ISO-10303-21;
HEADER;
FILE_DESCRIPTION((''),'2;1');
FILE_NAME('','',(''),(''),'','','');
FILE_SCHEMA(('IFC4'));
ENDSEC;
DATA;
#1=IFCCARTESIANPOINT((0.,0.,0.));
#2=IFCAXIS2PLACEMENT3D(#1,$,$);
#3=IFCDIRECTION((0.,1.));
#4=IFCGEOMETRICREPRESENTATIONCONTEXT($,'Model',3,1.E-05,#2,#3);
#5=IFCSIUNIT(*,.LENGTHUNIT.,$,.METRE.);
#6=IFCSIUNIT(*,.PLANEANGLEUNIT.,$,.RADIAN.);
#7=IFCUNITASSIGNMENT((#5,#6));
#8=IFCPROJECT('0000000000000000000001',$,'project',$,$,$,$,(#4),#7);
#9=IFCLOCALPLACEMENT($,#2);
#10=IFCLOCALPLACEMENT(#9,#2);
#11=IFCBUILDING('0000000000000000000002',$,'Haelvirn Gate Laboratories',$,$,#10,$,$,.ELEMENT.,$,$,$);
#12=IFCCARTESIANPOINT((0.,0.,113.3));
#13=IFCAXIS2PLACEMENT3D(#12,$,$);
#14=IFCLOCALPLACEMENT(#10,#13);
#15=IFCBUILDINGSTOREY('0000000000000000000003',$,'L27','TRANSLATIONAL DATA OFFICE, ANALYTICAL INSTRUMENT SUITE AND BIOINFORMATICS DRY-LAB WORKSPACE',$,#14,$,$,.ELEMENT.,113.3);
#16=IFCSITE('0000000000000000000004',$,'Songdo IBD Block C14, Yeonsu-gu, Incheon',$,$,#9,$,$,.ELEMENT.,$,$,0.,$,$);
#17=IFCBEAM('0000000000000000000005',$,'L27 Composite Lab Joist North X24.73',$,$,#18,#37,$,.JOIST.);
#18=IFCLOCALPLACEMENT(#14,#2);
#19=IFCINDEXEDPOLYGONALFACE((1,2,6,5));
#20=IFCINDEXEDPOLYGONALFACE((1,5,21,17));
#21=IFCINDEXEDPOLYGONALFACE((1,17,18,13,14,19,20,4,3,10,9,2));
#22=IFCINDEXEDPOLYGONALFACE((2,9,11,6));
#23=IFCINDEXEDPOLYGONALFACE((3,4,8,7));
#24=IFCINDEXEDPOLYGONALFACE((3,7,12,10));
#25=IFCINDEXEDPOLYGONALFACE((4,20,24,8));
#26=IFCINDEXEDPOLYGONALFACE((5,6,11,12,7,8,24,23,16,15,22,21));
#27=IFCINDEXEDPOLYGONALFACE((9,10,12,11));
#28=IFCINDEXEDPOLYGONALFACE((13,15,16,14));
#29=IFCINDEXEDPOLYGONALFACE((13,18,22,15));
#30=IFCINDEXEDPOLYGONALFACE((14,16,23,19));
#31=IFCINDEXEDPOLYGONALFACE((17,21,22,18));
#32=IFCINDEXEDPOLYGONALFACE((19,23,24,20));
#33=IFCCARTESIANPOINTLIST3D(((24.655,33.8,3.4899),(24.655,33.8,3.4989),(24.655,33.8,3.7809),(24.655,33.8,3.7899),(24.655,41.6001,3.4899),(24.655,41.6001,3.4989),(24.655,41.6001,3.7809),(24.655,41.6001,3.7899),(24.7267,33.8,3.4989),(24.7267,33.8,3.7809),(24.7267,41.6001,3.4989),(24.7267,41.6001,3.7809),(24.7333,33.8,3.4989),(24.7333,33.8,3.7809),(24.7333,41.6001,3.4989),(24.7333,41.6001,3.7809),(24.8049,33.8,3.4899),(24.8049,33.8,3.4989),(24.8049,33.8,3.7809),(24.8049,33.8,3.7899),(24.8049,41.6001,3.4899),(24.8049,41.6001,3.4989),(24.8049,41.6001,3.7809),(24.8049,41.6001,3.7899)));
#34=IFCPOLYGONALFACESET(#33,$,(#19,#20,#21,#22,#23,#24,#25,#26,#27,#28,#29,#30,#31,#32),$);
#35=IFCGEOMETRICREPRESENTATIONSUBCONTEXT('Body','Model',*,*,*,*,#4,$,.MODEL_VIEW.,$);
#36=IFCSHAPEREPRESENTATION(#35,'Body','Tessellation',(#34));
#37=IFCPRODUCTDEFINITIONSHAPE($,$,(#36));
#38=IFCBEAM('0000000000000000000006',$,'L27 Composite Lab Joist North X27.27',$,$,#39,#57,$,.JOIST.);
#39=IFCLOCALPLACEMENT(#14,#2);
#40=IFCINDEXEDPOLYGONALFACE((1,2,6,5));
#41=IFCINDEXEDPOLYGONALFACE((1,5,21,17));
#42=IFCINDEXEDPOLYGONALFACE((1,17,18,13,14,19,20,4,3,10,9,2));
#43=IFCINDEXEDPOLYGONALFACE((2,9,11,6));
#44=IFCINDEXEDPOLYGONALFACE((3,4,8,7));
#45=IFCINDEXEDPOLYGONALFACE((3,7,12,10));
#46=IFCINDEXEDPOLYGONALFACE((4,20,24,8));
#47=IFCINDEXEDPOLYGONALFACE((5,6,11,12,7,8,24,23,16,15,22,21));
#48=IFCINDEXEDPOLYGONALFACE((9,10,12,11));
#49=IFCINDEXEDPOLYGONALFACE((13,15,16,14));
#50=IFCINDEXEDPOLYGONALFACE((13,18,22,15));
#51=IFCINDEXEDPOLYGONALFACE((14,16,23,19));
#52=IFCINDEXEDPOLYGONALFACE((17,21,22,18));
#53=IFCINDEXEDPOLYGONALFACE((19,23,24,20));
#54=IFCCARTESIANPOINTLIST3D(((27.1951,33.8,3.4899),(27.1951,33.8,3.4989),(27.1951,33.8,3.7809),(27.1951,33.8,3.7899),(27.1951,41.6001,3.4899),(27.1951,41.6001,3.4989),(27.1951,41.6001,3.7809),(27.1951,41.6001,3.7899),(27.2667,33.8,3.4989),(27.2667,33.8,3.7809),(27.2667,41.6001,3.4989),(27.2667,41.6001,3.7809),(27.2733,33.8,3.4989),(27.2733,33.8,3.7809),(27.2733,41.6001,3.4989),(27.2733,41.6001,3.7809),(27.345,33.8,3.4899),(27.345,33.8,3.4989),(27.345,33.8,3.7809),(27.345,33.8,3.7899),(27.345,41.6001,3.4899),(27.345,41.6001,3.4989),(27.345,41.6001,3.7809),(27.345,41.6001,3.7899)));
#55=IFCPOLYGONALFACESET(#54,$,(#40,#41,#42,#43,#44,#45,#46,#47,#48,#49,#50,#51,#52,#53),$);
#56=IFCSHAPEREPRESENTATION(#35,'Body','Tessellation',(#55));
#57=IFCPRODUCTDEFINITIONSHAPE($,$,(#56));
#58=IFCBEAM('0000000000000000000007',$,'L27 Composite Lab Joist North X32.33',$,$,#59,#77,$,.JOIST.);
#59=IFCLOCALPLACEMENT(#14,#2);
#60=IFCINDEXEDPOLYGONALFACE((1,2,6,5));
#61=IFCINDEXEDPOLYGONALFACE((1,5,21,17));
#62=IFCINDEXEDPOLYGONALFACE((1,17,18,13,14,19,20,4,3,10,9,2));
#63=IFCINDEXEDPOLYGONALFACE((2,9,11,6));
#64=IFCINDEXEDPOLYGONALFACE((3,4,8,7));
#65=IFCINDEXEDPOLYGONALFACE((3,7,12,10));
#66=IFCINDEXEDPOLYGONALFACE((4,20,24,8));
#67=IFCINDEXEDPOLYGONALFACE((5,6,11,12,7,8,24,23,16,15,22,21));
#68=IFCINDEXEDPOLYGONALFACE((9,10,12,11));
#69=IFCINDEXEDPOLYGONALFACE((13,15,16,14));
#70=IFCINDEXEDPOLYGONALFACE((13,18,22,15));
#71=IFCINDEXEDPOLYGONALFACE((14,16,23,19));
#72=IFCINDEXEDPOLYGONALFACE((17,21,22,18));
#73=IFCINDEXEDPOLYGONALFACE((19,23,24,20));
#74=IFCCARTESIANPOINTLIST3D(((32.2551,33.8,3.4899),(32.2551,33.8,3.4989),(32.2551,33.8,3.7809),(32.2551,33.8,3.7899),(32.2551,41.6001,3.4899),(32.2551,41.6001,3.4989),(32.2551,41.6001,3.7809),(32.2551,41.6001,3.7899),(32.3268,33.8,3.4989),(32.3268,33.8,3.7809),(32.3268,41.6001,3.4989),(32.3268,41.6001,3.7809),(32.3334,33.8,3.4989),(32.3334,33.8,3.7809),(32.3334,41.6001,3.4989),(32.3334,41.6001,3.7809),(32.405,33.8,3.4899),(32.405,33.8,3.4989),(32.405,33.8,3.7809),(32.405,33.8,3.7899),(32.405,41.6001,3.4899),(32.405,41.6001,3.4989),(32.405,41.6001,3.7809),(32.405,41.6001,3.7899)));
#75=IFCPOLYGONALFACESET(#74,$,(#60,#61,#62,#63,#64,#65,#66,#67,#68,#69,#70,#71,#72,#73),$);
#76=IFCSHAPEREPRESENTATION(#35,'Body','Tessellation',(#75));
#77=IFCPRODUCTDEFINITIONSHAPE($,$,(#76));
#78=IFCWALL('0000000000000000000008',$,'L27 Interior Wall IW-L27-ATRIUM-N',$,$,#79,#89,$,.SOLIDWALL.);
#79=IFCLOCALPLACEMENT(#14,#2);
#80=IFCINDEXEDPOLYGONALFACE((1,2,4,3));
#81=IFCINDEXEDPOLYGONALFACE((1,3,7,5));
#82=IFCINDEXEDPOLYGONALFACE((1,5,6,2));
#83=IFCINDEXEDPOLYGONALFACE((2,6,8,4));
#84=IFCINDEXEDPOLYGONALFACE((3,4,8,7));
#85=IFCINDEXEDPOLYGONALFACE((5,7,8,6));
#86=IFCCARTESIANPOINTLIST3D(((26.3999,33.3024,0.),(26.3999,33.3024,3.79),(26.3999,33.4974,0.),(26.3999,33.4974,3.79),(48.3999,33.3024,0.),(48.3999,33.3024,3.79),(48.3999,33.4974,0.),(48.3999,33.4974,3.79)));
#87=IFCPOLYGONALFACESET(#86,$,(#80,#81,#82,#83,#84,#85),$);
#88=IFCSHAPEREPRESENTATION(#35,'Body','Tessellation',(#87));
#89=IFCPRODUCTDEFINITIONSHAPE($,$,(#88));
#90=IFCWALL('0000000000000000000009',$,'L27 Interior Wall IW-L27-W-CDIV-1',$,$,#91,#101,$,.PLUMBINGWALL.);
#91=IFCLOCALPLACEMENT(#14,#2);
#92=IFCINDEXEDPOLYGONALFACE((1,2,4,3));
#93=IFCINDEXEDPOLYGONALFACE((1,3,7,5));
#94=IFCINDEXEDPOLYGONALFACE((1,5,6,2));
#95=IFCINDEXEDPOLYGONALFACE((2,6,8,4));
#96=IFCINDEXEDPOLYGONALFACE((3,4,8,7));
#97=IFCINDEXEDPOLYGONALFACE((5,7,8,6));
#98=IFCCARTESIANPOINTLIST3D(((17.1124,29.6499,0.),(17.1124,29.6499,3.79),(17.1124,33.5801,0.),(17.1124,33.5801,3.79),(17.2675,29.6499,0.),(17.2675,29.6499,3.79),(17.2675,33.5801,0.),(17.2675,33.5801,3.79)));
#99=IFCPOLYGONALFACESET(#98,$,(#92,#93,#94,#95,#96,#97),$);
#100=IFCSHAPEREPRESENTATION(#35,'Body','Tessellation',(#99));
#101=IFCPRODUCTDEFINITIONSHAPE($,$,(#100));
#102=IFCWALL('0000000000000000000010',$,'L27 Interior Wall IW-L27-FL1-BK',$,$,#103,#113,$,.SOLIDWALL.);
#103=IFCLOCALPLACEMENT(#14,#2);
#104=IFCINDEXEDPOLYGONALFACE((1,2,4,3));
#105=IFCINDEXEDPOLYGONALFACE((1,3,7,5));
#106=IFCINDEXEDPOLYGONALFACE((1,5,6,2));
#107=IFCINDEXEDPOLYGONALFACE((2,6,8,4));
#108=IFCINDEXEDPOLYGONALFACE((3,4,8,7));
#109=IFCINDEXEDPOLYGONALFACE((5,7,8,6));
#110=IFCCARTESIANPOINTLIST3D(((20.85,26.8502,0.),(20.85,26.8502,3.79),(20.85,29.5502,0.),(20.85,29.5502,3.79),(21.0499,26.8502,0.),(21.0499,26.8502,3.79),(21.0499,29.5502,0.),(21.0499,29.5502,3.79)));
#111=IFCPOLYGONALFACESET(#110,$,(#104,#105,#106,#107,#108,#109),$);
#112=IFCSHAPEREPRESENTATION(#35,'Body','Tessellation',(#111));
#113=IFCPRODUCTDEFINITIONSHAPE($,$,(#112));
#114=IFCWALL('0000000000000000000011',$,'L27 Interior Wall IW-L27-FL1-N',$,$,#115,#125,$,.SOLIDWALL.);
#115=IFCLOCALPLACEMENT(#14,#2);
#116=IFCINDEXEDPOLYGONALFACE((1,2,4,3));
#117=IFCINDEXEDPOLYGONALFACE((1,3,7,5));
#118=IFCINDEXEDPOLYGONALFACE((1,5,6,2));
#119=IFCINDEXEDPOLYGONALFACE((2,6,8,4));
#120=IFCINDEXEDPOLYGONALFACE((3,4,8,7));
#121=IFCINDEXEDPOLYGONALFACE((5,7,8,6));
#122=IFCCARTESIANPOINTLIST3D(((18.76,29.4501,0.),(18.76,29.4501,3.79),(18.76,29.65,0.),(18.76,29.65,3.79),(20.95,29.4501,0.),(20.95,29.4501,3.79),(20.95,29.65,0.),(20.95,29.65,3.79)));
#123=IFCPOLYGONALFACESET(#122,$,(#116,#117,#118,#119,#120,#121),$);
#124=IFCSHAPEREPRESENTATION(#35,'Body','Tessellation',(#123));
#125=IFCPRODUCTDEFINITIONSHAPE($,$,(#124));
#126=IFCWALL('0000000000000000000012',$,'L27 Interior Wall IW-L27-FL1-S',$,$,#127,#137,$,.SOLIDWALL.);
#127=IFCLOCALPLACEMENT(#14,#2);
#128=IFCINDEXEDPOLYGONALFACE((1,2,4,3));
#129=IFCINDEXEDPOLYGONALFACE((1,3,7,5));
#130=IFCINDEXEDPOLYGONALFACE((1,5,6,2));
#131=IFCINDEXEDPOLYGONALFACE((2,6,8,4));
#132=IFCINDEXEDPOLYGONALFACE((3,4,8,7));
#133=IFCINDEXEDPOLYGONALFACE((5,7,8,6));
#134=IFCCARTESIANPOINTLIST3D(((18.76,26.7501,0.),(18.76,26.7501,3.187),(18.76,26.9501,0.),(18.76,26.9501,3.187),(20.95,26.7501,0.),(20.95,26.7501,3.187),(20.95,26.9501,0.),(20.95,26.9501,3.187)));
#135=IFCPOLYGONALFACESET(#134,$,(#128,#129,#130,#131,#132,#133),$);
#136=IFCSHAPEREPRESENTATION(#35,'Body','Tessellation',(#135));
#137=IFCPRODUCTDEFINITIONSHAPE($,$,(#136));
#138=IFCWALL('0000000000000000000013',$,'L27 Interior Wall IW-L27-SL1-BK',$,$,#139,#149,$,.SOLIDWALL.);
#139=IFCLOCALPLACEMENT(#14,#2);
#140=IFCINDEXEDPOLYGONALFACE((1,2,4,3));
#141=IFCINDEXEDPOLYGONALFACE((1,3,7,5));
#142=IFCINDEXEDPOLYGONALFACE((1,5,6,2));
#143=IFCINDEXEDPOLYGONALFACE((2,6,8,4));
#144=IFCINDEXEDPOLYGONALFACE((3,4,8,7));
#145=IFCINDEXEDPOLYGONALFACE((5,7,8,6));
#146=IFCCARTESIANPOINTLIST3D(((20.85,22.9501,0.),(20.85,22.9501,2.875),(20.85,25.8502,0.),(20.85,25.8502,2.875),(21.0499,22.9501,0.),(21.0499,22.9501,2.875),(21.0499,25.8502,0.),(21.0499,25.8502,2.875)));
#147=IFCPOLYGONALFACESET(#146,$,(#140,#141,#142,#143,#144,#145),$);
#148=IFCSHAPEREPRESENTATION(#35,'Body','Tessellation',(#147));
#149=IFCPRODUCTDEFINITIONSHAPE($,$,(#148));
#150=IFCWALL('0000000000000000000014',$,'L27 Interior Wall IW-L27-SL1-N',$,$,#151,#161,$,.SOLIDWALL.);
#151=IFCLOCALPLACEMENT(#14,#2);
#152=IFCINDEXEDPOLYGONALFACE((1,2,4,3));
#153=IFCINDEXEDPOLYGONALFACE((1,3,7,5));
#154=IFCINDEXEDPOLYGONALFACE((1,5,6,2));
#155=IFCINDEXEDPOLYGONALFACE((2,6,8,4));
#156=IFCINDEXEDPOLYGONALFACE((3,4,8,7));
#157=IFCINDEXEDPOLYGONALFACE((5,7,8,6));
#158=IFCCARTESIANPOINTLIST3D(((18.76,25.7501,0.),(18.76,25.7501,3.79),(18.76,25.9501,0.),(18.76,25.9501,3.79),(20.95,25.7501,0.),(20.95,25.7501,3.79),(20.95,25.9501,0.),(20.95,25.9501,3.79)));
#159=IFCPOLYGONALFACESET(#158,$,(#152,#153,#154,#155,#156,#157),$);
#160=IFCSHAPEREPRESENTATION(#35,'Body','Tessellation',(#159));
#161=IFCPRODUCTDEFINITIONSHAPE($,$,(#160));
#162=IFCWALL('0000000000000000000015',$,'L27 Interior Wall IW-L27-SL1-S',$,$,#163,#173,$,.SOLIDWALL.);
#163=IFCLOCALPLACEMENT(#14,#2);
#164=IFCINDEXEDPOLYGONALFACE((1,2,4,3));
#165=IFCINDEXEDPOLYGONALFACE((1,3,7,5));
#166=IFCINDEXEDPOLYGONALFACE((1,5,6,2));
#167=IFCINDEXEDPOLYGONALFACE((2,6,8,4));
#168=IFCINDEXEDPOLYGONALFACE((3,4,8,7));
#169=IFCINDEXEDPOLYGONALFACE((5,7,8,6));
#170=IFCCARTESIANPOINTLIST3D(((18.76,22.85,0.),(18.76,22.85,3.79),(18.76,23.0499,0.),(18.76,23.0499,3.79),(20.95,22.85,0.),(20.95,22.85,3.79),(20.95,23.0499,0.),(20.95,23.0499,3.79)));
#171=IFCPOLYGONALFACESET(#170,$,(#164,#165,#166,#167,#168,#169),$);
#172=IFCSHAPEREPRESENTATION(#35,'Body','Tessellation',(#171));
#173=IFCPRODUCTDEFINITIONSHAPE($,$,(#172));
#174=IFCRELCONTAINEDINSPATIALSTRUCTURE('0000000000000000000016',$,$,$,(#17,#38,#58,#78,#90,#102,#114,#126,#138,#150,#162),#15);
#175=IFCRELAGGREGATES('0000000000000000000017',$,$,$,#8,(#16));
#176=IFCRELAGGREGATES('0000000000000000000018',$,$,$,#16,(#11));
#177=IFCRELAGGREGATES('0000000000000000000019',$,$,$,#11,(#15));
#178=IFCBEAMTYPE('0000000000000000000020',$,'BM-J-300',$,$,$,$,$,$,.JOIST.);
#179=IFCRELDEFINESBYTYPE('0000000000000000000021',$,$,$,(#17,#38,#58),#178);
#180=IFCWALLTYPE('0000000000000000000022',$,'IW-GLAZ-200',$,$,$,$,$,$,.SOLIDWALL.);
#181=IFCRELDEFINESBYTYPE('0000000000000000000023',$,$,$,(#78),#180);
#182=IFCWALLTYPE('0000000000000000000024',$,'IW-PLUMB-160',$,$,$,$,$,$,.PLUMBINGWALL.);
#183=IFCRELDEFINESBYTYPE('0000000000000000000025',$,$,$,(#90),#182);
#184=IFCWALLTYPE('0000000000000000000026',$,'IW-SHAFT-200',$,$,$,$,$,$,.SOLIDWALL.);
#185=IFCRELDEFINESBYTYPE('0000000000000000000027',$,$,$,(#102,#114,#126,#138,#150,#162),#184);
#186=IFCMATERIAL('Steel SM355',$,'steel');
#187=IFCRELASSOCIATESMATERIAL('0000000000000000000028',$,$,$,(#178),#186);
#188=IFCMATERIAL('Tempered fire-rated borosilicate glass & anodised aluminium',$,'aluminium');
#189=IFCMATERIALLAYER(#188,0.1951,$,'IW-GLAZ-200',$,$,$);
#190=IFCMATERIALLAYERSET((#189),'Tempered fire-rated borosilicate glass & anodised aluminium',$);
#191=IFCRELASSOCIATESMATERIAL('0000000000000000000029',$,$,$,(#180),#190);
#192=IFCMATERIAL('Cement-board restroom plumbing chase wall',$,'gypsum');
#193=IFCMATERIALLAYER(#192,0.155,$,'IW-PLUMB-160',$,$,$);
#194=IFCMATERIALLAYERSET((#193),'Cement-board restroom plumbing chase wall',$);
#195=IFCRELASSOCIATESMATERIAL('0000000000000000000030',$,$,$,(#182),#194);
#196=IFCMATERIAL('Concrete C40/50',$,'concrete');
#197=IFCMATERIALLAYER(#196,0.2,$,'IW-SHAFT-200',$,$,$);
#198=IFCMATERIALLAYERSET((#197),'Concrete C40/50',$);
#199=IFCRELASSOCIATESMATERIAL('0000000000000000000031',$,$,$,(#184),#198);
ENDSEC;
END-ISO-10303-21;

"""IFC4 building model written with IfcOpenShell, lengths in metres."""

from ifc_helpers import new_model, si_unit, direction, frame, frame_2d, origin, origin_2d, place, context, subcontext, project, spatial, rectangle, i_section, extrude, source, transform, mapped, material, layer, layer_set, material_profile, profile_set, type_object, type_shapes, element, save


model = new_model("IFC4")

# Units and contexts
model_context = context("Model", 3, precision=1e-05, world=origin(), true_north=direction((0.0, 1.0)))
body_context = subcontext(model_context, "Body", "Model", "MODEL_VIEW")
ifc_project = project(units=[si_unit("LENGTHUNIT", "METRE"), si_unit("PLANEANGLEUNIT", "RADIAN")], contexts=[model_context])

# Site, building, storey
site_placement = place(None, origin())
site = spatial("IfcSite", under=ifc_project, at=site_placement, Name="Songdo IBD Block C14, Yeonsu-gu, Incheon", CompositionType="ELEMENT", RefElevation=0.0)
building_placement = place(site_placement, origin())
building = spatial("IfcBuilding", under=site, at=building_placement, Name="Haelvirn Gate Laboratories", CompositionType="ELEMENT")
storey_placement = place(building_placement, frame((0.0, 0.0, 113.3)))
storey = spatial("IfcBuildingStorey", under=building, at=storey_placement, Name="L27", Description="TRANSLATIONAL DATA OFFICE, ANALYTICAL INSTRUMENT SUITE AND BIOINFORMATICS DRY-LAB WORKSPACE", CompositionType="ELEMENT", Elevation=113.3)

# Shared definitions
ifc_material_1 = material(Name="Steel SM355", Category="steel")

# Beams
ifc_material_profile_1 = material_profile(ifc_material_1, i_section(OverallWidth=0.1499, OverallDepth=0.3, WebThickness=0.0066, FlangeThickness=0.009, at=origin_2d()), Name="H-300x150x6.5x9")
ifc_profile_set_1 = profile_set([ifc_material_profile_1], Name="Steel SM355")
beam_type_1 = type_object("IfcBeamType", Name="BM-J-300", PredefinedType="JOIST", material=ifc_profile_set_1)
shared_shape_1 = source(origin(), body_context, "Body", "SweptSolid", [
    extrude(i_section(OverallWidth=0.1499, OverallDepth=0.3, WebThickness=0.0066, FlangeThickness=0.009, at=origin_2d()), origin(), (0.0, 0.0, 1.0), 7.8),
])
type_shapes(beam_type_1, [shared_shape_1])
for number, where, z_axis, x_axis, name in (
    (1, (24.73, 33.8, 3.6399), (0.0, 1.0, 0.0), (-1.0, 0.0, 0.0), "L27 Composite Lab Joist North X24.73"),
    (2, (27.27, 33.8, 3.6399), (0.0, 1.0, 0.0), (-1.0, 0.0, 0.0), "L27 Composite Lab Joist North X27.27"),
    (3, (32.3301, 33.8, 3.6399), (0.0, 1.0, 0.0), (-1.0, 0.0, 0.0), "L27 Composite Lab Joist North X32.33"),
):
    element("IfcBeam", number, at=place(storey_placement, frame(where, z_axis=z_axis, x_axis=x_axis)), inside=storey, type_object=beam_type_1, Name=name, PredefinedType="JOIST", context=body_context, shape_type="MappedRepresentation", body=[
        mapped(shared_shape_1, transform((0.0, 0.0, 0.0), scale=1.0)),
    ])

# Walls
ifc_material_2 = material(Name="Tempered fire-rated borosilicate glass & anodised aluminium", Category="aluminium")
ifc_layer_1 = layer(ifc_material_2, 0.1951, Name="IW-GLAZ-200")
ifc_layer_set_1 = layer_set([ifc_layer_1], Name="Tempered fire-rated borosilicate glass & anodised aluminium")
wall_type_1 = type_object("IfcWallType", Name="IW-GLAZ-200", PredefinedType="SOLIDWALL", material=ifc_layer_set_1)
wall_1_placement = place(storey_placement, frame((26.3999, 33.3999, 0.0), z_axis=(0.0, 0.0, 1.0), x_axis=(1.0, 0.0, 0.0)))
element("IfcWall", 4, at=wall_1_placement, inside=storey, type_object=wall_type_1, Name="L27 Interior Wall IW-L27-ATRIUM-N", PredefinedType="SOLIDWALL", context=body_context, shape_type="SweptSolid", body=[
    extrude(rectangle(XDim=22.0, YDim=0.1951, at=frame_2d((11.0, 0.0))), origin(), (0.0, 0.0, 1.0), 3.79),
])
ifc_material_3 = material(Name="Cement-board restroom plumbing chase wall", Category="gypsum")
ifc_layer_2 = layer(ifc_material_3, 0.155, Name="IW-PLUMB-160")
ifc_layer_set_2 = layer_set([ifc_layer_2], Name="Cement-board restroom plumbing chase wall")
wall_type_2 = type_object("IfcWallType", Name="IW-PLUMB-160", PredefinedType="PLUMBINGWALL", material=ifc_layer_set_2)
wall_2_placement = place(storey_placement, frame((17.1899, 29.6499, 0.0), z_axis=(0.0, 0.0, 1.0), x_axis=(0.0, 1.0, 0.0)))
element("IfcWall", 5, at=wall_2_placement, inside=storey, type_object=wall_type_2, Name="L27 Interior Wall IW-L27-W-CDIV-1", PredefinedType="PLUMBINGWALL", context=body_context, shape_type="SweptSolid", body=[
    extrude(rectangle(XDim=3.9302, YDim=0.155, at=frame_2d((1.9651, 0.0))), origin(), (0.0, 0.0, 1.0), 3.79),
])
ifc_material_4 = material(Name="Concrete C40/50", Category="concrete")
ifc_layer_3 = layer(ifc_material_4, 0.2, Name="IW-SHAFT-200")
ifc_layer_set_3 = layer_set([ifc_layer_3], Name="Concrete C40/50")
wall_type_3 = type_object("IfcWallType", Name="IW-SHAFT-200", PredefinedType="SOLIDWALL", material=ifc_layer_set_3)
wall_3_placement = place(storey_placement, frame((20.95, 26.8501, 0.0), z_axis=(0.0, 0.0, 1.0), x_axis=(0.0, 1.0, 0.0)))
element("IfcWall", 6, at=wall_3_placement, inside=storey, type_object=wall_type_3, Name="L27 Interior Wall IW-L27-FL1-BK", PredefinedType="SOLIDWALL", context=body_context, shape_type="SweptSolid", body=[
    extrude(rectangle(XDim=2.7, YDim=0.2, at=frame_2d((1.3501, 0.0))), origin(), (0.0, 0.0, 1.0), 3.79),
])
wall_4_placement = place(storey_placement, frame((18.76, 29.55, 0.0), z_axis=(0.0, 0.0, 1.0), x_axis=(1.0, 0.0, 0.0)))
element("IfcWall", 7, at=wall_4_placement, inside=storey, type_object=wall_type_3, Name="L27 Interior Wall IW-L27-FL1-N", PredefinedType="SOLIDWALL", context=body_context, shape_type="SweptSolid", body=[
    extrude(rectangle(XDim=2.1899, YDim=0.2, at=frame_2d((1.095, 0.0))), origin(), (0.0, 0.0, 1.0), 3.79),
])
wall_5_placement = place(storey_placement, frame((18.76, 26.8501, 0.0), z_axis=(0.0, 0.0, 1.0), x_axis=(1.0, 0.0, 0.0)))
element("IfcWall", 8, at=wall_5_placement, inside=storey, type_object=wall_type_3, Name="L27 Interior Wall IW-L27-FL1-S", PredefinedType="SOLIDWALL", context=body_context, shape_type="SweptSolid", body=[
    extrude(rectangle(XDim=2.1899, YDim=0.2, at=frame_2d((1.095, 0.0))), origin(), (0.0, 0.0, 1.0), 3.187),
])
wall_6_placement = place(storey_placement, frame((20.95, 22.95, 0.0), z_axis=(0.0, 0.0, 1.0), x_axis=(0.0, 1.0, 0.0)))
element("IfcWall", 9, at=wall_6_placement, inside=storey, type_object=wall_type_3, Name="L27 Interior Wall IW-L27-SL1-BK", PredefinedType="SOLIDWALL", context=body_context, shape_type="SweptSolid", body=[
    extrude(rectangle(XDim=2.9001, YDim=0.2, at=frame_2d((1.4502, 0.0))), origin(), (0.0, 0.0, 1.0), 2.875),
])
for number, where, z_axis, x_axis, name in (
    (10, (18.76, 25.8501, 0.0), (0.0, 0.0, 1.0), (1.0, 0.0, 0.0), "L27 Interior Wall IW-L27-SL1-N"),
    (11, (18.76, 22.95, 0.0), (0.0, 0.0, 1.0), (1.0, 0.0, 0.0), "L27 Interior Wall IW-L27-SL1-S"),
):
    element("IfcWall", number, at=place(storey_placement, frame(where, z_axis=z_axis, x_axis=x_axis)), inside=storey, type_object=wall_type_3, Name=name, PredefinedType="SOLIDWALL", context=body_context, shape_type="SweptSolid", body=[
        extrude(rectangle(XDim=2.1899, YDim=0.2, at=frame_2d((1.095, 0.0))), origin(), (0.0, 0.0, 1.0), 3.79),
    ])

save(model, "model.ifc")
